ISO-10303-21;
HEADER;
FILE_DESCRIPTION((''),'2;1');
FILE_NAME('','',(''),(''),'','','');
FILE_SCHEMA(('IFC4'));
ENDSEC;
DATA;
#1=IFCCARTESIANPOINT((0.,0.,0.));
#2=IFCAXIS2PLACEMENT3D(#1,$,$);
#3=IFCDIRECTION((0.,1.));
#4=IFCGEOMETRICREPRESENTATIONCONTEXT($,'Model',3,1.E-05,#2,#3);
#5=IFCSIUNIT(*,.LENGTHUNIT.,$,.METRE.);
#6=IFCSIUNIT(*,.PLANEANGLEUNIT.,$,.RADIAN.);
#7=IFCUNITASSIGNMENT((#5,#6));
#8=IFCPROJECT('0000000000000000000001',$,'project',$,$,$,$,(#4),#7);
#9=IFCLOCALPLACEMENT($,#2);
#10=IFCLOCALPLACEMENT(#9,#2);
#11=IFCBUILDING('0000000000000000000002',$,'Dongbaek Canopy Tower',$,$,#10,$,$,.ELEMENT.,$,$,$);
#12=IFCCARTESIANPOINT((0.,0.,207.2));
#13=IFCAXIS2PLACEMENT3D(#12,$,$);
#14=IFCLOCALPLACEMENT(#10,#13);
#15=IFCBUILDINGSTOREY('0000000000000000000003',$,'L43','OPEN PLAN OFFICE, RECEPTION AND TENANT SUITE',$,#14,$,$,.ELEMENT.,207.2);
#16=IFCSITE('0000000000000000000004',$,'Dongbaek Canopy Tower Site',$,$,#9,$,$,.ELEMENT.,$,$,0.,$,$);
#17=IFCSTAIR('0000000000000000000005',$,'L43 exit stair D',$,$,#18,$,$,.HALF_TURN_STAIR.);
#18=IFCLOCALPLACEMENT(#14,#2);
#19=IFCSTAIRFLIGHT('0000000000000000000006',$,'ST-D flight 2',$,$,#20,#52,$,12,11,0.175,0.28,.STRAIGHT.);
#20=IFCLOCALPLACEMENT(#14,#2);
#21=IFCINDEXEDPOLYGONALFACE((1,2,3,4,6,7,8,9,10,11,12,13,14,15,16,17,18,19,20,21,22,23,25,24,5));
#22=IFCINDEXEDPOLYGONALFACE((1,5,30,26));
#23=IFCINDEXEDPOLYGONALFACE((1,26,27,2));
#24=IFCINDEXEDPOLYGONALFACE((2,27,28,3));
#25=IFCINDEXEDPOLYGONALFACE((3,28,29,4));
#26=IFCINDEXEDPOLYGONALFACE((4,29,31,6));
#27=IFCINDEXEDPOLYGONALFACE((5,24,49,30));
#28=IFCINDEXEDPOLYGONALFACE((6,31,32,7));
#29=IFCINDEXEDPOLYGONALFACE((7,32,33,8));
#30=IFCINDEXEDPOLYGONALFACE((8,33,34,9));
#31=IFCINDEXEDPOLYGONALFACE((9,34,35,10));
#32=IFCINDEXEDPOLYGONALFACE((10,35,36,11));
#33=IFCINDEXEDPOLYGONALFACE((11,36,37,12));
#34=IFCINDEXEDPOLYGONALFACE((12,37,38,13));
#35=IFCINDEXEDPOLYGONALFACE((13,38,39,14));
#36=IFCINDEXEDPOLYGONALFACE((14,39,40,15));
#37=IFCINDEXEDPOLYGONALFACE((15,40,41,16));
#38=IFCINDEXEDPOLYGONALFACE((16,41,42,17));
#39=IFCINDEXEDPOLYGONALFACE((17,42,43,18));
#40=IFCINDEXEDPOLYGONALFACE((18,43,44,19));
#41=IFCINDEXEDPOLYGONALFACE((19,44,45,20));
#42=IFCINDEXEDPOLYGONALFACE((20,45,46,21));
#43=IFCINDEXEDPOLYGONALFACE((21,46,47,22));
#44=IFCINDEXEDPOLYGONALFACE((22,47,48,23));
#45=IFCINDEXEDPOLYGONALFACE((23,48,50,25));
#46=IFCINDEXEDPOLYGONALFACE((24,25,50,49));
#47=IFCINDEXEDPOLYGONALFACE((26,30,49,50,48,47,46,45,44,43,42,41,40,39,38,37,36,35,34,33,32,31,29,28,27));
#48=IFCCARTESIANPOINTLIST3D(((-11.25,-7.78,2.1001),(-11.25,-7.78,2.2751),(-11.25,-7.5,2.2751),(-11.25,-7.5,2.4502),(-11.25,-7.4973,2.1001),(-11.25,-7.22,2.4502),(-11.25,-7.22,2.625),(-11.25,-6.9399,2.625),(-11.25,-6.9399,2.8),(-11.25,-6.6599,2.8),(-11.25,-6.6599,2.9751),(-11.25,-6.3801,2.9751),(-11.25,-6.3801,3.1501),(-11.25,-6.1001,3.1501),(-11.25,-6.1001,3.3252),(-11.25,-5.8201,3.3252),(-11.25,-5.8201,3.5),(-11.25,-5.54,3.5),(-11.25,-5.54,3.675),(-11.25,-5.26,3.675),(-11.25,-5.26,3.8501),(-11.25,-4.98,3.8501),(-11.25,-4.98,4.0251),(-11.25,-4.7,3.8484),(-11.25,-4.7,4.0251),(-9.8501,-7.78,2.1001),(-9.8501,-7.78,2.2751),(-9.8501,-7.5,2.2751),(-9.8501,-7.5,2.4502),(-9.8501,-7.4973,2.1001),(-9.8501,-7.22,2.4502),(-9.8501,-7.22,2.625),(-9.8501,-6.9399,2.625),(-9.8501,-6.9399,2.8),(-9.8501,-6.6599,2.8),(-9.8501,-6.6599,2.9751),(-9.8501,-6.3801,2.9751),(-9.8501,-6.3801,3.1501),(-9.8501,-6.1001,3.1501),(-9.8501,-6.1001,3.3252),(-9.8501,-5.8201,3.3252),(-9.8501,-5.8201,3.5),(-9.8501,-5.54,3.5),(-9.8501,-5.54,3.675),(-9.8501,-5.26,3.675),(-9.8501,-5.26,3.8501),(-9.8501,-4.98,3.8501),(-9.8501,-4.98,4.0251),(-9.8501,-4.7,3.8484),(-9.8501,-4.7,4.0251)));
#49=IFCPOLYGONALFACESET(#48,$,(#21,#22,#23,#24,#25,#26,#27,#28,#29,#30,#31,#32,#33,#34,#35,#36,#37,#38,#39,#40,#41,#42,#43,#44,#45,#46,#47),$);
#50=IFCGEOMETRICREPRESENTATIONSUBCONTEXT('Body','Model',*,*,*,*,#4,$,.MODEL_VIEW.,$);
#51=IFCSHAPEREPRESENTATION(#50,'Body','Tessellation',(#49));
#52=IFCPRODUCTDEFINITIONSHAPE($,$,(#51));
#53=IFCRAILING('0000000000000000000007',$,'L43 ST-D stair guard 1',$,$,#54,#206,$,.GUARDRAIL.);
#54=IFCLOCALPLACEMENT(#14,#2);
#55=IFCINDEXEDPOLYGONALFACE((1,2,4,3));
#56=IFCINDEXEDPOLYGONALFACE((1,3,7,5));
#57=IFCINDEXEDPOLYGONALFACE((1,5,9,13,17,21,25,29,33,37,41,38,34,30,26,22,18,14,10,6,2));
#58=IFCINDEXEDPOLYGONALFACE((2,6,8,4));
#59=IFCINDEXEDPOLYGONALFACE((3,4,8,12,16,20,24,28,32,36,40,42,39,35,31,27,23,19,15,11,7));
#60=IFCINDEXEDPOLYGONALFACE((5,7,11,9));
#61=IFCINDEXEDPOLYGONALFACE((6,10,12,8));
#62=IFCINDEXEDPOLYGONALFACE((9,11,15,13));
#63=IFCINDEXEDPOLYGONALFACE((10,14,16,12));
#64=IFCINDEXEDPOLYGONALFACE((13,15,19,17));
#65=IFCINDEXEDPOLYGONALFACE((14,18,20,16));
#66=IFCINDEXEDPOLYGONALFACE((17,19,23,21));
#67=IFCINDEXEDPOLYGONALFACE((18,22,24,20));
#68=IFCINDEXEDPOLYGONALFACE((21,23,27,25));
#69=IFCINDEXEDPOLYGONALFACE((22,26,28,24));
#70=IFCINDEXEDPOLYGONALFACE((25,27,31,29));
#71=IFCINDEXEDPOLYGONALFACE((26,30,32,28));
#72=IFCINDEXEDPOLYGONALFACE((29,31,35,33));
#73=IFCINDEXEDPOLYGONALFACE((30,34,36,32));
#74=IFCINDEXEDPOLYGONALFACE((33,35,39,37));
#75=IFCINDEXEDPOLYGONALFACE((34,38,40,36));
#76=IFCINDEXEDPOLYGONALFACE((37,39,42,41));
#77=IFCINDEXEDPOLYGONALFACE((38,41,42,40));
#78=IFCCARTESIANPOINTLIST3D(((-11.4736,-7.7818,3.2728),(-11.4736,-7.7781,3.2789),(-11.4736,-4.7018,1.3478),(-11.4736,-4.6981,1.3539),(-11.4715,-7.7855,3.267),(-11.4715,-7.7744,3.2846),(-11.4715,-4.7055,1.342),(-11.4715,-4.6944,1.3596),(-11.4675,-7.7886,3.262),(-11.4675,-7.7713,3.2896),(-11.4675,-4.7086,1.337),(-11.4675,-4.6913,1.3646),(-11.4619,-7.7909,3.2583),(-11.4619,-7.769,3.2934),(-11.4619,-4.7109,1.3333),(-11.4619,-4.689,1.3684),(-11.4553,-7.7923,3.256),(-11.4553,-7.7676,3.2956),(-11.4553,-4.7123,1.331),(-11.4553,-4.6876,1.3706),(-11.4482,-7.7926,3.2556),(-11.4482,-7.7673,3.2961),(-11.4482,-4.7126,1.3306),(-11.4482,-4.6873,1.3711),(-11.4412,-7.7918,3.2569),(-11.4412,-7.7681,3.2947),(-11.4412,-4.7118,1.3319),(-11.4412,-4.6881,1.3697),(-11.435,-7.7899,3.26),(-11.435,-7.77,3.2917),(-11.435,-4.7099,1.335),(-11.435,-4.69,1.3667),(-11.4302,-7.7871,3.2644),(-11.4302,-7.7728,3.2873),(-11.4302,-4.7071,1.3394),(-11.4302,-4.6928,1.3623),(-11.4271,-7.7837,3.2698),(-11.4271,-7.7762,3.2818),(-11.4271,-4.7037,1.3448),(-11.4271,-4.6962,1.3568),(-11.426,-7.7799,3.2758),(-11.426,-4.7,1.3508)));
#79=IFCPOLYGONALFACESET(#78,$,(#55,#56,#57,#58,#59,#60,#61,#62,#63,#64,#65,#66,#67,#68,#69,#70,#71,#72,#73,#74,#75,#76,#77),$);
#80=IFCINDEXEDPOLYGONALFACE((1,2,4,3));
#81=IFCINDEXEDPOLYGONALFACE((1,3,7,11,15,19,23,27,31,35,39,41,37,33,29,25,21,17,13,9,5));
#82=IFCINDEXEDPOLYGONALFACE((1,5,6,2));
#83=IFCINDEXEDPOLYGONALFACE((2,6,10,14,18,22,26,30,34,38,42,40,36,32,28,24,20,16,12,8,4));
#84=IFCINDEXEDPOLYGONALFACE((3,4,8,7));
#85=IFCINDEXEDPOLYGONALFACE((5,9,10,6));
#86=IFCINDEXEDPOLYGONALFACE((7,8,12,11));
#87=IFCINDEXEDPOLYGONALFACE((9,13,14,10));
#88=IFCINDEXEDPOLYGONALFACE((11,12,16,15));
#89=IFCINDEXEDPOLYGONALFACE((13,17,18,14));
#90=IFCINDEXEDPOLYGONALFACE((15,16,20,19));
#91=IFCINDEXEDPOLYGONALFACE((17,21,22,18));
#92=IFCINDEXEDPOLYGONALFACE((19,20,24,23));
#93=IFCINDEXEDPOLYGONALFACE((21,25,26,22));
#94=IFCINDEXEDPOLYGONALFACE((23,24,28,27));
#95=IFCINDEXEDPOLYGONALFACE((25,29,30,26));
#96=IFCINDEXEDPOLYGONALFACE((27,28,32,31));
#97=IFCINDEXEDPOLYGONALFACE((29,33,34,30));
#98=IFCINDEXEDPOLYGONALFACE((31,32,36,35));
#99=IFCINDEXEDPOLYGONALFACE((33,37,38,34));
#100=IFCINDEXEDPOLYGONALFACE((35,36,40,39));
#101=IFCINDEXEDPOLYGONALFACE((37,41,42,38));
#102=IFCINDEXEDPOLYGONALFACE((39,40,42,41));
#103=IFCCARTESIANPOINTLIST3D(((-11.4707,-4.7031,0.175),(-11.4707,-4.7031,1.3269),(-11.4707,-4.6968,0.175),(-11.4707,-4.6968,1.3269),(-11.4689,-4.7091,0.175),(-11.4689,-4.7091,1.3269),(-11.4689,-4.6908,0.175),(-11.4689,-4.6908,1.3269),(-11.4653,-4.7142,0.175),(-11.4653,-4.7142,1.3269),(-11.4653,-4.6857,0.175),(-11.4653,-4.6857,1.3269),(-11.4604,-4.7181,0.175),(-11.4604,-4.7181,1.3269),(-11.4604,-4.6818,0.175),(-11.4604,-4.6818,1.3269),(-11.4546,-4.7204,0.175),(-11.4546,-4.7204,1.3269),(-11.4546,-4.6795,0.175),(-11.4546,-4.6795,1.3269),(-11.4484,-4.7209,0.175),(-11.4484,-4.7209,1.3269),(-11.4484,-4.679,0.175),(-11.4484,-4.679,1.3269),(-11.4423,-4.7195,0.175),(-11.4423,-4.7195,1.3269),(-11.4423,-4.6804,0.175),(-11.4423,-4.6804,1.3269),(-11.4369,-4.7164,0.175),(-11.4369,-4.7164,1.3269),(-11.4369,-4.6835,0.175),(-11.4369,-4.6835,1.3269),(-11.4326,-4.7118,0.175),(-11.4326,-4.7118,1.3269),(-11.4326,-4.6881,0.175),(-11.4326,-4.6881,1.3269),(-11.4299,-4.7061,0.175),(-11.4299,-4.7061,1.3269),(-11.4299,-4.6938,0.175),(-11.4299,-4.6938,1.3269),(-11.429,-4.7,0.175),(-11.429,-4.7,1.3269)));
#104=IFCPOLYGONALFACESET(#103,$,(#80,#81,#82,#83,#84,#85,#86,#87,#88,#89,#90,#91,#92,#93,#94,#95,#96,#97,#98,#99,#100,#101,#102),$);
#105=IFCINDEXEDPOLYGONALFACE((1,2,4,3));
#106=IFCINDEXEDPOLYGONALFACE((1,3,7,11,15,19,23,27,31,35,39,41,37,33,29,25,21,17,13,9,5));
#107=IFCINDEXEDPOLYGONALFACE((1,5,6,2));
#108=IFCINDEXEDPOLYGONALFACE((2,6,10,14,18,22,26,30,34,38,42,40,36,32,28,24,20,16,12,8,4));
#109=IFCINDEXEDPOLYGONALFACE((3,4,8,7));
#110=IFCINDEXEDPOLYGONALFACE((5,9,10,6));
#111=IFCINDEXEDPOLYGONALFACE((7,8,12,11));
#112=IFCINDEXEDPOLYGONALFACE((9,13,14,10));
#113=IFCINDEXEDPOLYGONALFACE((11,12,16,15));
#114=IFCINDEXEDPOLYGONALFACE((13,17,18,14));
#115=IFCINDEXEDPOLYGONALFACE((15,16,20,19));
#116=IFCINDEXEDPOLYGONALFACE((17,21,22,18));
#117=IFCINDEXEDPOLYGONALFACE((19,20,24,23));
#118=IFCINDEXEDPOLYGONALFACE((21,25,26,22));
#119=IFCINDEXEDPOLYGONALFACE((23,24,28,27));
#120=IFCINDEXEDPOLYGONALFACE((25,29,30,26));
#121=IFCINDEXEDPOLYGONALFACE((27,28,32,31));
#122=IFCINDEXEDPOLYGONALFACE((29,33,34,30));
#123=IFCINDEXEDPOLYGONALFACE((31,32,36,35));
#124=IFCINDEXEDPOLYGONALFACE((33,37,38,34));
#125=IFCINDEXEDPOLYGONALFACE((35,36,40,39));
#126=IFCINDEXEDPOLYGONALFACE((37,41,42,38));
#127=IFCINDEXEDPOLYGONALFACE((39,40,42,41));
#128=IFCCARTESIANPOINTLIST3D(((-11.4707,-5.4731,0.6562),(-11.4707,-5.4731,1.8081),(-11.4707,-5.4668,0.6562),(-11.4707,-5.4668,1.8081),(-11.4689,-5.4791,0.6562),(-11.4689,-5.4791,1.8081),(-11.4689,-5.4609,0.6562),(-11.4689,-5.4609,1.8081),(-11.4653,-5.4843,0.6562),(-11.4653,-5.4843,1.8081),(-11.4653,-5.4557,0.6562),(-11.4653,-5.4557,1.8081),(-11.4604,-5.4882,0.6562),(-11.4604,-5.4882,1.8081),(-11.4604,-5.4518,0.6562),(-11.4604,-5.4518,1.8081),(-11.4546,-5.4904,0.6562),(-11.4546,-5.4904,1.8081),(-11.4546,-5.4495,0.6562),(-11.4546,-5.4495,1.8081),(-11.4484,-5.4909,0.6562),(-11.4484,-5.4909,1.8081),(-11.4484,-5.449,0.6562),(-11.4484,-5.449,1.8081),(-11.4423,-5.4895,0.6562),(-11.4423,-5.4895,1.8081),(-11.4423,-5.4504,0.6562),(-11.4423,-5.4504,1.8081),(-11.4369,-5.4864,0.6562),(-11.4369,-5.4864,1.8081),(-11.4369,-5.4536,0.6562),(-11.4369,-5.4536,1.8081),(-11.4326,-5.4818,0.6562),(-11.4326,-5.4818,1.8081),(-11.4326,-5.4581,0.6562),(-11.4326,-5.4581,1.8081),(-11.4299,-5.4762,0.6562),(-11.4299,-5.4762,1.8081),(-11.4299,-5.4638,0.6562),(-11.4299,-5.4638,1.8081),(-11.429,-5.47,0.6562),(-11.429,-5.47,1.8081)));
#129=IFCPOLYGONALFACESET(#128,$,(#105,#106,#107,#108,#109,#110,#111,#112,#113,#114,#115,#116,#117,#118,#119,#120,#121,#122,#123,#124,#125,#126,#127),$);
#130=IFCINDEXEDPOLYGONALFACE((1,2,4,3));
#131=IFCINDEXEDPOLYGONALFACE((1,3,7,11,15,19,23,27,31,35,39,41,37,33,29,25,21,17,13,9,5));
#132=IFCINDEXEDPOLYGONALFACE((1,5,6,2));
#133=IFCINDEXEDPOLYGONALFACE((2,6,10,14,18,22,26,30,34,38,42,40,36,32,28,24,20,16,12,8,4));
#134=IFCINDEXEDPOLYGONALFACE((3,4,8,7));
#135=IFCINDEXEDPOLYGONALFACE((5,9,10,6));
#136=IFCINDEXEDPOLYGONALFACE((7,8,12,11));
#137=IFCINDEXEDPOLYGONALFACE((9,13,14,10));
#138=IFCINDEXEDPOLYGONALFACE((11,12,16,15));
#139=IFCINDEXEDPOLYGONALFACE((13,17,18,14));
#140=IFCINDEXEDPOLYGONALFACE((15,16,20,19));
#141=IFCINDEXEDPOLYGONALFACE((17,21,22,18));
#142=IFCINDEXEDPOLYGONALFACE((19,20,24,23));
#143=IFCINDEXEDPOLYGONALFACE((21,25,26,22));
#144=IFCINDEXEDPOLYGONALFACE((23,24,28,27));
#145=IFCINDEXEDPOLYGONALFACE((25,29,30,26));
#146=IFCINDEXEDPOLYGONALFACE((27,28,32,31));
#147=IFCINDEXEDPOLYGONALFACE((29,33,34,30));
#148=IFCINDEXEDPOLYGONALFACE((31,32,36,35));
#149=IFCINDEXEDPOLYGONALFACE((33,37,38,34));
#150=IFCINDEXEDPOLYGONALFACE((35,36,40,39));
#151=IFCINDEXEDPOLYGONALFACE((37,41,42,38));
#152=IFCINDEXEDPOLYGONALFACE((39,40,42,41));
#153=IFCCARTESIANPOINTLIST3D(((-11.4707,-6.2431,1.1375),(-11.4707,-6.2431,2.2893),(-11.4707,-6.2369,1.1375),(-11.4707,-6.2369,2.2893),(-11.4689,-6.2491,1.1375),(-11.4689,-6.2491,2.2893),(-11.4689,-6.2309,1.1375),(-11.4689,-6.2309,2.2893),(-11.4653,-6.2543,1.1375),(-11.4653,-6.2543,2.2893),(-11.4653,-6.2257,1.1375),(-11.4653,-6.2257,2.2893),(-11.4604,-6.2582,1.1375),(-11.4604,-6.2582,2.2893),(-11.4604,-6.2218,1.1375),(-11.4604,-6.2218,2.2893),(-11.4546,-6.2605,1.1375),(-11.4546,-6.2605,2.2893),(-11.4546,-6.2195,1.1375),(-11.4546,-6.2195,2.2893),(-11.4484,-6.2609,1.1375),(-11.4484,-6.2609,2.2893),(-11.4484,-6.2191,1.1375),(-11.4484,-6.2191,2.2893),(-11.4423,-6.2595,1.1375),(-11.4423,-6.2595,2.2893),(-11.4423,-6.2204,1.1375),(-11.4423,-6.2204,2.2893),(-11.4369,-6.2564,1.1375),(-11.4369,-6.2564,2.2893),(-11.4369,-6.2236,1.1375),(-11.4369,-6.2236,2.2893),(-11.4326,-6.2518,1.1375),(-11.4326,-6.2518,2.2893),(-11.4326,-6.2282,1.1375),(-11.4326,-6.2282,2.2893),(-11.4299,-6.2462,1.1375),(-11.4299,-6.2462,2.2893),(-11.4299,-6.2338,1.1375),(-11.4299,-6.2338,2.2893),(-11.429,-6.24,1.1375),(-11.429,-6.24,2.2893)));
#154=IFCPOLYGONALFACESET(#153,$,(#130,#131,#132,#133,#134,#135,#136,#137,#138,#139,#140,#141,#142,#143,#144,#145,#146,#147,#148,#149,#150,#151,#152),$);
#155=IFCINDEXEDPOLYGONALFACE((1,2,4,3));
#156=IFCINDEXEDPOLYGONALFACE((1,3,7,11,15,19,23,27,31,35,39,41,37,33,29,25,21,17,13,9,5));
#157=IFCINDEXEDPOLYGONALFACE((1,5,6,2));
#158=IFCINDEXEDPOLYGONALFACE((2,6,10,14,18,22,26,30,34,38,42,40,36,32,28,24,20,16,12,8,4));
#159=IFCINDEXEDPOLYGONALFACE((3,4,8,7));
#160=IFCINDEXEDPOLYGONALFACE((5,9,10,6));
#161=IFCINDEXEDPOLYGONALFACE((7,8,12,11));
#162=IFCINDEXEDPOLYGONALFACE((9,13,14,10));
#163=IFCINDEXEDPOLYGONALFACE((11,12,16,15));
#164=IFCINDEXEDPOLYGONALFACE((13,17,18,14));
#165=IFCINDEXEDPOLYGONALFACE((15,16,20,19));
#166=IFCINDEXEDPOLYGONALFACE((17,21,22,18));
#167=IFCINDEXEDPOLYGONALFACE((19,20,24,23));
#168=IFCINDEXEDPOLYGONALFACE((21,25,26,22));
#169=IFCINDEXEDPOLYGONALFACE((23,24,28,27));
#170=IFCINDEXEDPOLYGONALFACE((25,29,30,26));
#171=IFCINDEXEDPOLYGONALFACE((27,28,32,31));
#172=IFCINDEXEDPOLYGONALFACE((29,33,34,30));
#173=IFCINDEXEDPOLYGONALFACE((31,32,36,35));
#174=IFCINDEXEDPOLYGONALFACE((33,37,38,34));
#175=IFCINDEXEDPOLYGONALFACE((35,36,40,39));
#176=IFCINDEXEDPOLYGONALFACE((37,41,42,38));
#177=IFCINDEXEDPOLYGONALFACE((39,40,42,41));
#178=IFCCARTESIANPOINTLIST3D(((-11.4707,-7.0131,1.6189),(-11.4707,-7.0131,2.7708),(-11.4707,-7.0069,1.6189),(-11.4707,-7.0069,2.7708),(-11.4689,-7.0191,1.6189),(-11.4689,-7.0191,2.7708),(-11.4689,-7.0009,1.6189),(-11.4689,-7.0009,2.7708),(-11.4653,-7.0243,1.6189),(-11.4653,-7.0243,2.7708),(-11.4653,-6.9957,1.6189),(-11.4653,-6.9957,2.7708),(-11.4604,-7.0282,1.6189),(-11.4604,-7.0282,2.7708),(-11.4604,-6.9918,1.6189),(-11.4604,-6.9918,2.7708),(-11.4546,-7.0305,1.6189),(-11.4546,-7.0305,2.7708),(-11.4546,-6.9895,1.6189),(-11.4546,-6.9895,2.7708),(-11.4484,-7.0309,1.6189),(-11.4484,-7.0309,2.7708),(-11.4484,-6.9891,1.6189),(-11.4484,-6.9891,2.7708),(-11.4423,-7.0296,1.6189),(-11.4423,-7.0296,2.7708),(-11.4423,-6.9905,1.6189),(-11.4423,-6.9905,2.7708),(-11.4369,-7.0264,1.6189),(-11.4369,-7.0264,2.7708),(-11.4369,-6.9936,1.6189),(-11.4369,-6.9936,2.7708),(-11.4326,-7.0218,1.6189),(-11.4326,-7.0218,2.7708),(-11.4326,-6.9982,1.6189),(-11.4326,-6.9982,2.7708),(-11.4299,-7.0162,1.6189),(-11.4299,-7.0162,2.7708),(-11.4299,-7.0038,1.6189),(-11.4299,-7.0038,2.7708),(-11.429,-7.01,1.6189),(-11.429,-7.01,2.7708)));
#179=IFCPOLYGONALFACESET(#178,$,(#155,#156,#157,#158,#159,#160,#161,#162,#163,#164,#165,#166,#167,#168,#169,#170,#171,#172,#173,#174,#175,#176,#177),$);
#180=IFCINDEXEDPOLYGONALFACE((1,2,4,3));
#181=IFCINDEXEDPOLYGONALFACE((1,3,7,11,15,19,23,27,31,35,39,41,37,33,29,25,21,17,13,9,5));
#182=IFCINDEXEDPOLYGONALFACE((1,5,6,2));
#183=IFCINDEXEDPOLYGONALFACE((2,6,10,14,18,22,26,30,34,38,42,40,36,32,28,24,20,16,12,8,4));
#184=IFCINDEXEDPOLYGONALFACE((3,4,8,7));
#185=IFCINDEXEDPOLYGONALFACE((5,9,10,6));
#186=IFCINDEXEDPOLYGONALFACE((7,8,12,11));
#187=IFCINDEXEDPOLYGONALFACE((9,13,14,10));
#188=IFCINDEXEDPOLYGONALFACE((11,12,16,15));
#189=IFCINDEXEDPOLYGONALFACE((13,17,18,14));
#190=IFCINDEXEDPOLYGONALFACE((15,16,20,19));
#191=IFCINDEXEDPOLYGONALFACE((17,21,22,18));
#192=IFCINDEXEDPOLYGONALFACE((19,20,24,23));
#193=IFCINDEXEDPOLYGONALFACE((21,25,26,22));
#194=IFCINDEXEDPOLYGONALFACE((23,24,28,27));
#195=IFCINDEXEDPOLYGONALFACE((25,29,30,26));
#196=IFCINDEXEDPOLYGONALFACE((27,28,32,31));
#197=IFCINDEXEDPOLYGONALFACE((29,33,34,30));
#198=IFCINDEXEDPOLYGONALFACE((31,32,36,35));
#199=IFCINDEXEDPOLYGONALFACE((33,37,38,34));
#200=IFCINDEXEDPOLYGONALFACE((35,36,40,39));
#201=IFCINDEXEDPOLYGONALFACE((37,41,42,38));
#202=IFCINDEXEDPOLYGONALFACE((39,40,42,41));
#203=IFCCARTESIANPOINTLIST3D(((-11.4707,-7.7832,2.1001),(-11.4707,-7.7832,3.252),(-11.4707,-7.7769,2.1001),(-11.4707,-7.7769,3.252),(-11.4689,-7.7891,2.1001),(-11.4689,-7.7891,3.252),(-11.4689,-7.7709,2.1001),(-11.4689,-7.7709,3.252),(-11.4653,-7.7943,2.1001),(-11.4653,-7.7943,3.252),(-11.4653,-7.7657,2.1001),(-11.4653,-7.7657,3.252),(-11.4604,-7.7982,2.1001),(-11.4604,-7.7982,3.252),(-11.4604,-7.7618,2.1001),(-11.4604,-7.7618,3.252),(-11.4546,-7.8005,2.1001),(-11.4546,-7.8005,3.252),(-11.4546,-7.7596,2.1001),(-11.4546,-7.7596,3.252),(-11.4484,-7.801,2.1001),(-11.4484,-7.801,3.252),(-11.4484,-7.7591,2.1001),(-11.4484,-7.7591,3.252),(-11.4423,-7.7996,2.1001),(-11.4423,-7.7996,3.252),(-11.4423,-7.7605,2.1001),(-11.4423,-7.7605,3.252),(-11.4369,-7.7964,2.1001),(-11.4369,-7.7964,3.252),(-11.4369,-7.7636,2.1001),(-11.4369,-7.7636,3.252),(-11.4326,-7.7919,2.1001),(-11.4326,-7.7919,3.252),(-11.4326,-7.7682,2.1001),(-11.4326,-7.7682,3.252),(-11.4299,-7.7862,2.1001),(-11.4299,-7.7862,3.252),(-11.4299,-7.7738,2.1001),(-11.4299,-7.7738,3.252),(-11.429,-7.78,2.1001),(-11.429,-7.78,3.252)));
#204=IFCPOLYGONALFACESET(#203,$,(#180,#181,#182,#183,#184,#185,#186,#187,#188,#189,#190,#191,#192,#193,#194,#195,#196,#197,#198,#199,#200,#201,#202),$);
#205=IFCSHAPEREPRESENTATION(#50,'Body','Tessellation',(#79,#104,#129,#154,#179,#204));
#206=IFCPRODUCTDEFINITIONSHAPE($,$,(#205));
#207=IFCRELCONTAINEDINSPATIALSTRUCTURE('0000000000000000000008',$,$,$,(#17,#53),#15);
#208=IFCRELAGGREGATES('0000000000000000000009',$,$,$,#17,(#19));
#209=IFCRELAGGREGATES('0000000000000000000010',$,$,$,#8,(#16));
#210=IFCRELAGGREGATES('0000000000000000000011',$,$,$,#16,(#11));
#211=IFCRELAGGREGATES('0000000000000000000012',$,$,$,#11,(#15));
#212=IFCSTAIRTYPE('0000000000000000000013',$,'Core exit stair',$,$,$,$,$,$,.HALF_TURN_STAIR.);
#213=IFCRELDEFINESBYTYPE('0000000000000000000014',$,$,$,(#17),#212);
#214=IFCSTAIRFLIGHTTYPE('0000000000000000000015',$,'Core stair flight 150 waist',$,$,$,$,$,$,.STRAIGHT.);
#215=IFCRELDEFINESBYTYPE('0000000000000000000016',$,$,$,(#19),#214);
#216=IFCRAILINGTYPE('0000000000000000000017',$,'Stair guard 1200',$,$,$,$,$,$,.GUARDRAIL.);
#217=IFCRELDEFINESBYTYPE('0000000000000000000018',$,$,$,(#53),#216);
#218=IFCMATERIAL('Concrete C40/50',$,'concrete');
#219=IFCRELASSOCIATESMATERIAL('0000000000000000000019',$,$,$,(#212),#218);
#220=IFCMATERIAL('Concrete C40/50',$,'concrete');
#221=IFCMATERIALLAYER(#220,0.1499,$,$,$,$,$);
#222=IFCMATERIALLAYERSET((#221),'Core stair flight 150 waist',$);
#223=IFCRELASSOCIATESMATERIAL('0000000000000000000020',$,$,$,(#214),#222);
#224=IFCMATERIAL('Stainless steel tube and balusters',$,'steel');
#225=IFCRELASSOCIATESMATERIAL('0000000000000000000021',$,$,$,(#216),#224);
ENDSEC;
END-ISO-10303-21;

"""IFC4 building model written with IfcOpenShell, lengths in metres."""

from ifc_helpers import new_model, si_unit, direction, frame, origin, origin_2d, place, context, subcontext, project, spatial, polyline, circle, outline, extrude, material, layer, layer_set, type_object, element, aggregate, save


model = new_model("IFC4")

# Units and contexts
model_context = context("Model", 3, precision=1e-05, world=origin(), true_north=direction((0.0, 1.0)))
body_context = subcontext(model_context, "Body", "Model", "MODEL_VIEW")
ifc_project = project(units=[si_unit("LENGTHUNIT", "METRE"), si_unit("PLANEANGLEUNIT", "RADIAN")], contexts=[model_context])

# Site, building, storey
site_placement = place(None, origin())
site = spatial("IfcSite", under=ifc_project, at=site_placement, Name="Dongbaek Canopy Tower Site", CompositionType="ELEMENT", RefElevation=0.0)
building_placement = place(site_placement, origin())
building = spatial("IfcBuilding", under=site, at=building_placement, Name="Dongbaek Canopy Tower", CompositionType="ELEMENT")
storey_placement = place(building_placement, frame((0.0, 0.0, 207.2)))
storey = spatial("IfcBuildingStorey", under=building, at=storey_placement, Name="L43", Description="OPEN PLAN OFFICE, RECEPTION AND TENANT SUITE", CompositionType="ELEMENT", Elevation=207.2)

# Stair, stair flight
ifc_material_1 = material(Name="Concrete C40/50", Category="concrete")
stair_type = type_object("IfcStairType", Name="Core exit stair", PredefinedType="HALF_TURN_STAIR", material=ifc_material_1)
stair_placement = place(storey_placement, origin())
stair = element("IfcStair", 1, at=stair_placement, inside=storey, type_object=stair_type, Name="L43 exit stair D", PredefinedType="HALF_TURN_STAIR")
ifc_material_2 = material(Name="Concrete C40/50", Category="concrete")
ifc_layer_1 = layer(ifc_material_2, 0.1499)
ifc_layer_set_1 = layer_set([ifc_layer_1], Name="Core stair flight 150 waist")
stair_flight_type = type_object("IfcStairFlightType", Name="Core stair flight 150 waist", PredefinedType="STRAIGHT", material=ifc_layer_set_1)
stair_flight_1_placement = place(storey_placement, frame((-10.55, -7.78, 2.1001), z_axis=(0.0, 0.0, 1.0), x_axis=(0.0, 1.0, 0.0)))
stair_flight_1 = element("IfcStairFlight", 2, at=stair_flight_1_placement, type_object=stair_flight_type, Name="ST-D flight 2", NumberOfRisers=12, NumberOfTreads=11, PredefinedType="STRAIGHT", RiserHeight=0.175, TreadLength=0.28, context=body_context, shape_type="SweptSolid", body=[
    extrude(outline(polyline([(0.0, 0.0), (0.0, 0.175), (0.28, 0.175), (0.28, 0.3501), (0.5601, 0.3501), (0.5601, 0.5249), (0.8401, 0.5249), (0.8401, 0.7), (1.1201, 0.7), (1.1201, 0.875), (1.3999, 0.875), (1.3999, 1.05), (1.6799, 1.05), (1.6799, 1.2251), (1.96, 1.2251), (1.96, 1.3999), (2.24, 1.3999), (2.24, 1.575), (2.52, 1.575), (2.52, 1.75), (2.8, 1.75), (2.8, 1.925), (3.0801, 1.925), (3.0801, 2.1001), (3.0801, 1.7483), (0.2827, 0.0), (0.0, 0.0)])), frame((0.0, 0.7, 0.0), z_axis=(0.0, -1.0, 0.0), x_axis=(1.0, 0.0, 0.0)), (0.0, 0.0, 1.0), 1.3999),
])
aggregate(stair, [stair_flight_1])

# Railing
ifc_material_3 = material(Name="Stainless steel tube and balusters", Category="steel")
railing_type_1 = type_object("IfcRailingType", Name="Stair guard 1200", PredefinedType="GUARDRAIL", material=ifc_material_3)
railing_1_placement = place(storey_placement, frame((-11.45, -4.7, 0.175)))
element("IfcRailing", 3, at=railing_1_placement, inside=storey, type_object=railing_type_1, Name="L43 ST-D stair guard 1", PredefinedType="GUARDRAIL", context=body_context, shape_type="SweptSolid", body=[
    extrude(circle(Radius=0.0239, at=origin_2d()), frame((0.0, 0.0, 1.1758), z_axis=(0.0, -0.847998, 0.529999), x_axis=(1.0, 0.0, 0.0)), (0.0, 0.0, 1.0), 3.6321),
    extrude(circle(Radius=0.021, at=origin_2d()), origin(), (0.0, 0.0, 1.0), 1.1519),
    extrude(circle(Radius=0.021, at=origin_2d()), frame((0.0, -0.77, 0.4812)), (0.0, 0.0, 1.0), 1.1519),
    extrude(circle(Radius=0.021, at=origin_2d()), frame((0.0, -1.54, 0.9624)), (0.0, 0.0, 1.0), 1.1519),
    extrude(circle(Radius=0.021, at=origin_2d()), frame((0.0, -2.3101, 1.4438)), (0.0, 0.0, 1.0), 1.1519),
    extrude(circle(Radius=0.021, at=origin_2d()), frame((0.0, -3.0801, 1.925)), (0.0, 0.0, 1.0), 1.1519),
])

save(model, "model.ifc")
